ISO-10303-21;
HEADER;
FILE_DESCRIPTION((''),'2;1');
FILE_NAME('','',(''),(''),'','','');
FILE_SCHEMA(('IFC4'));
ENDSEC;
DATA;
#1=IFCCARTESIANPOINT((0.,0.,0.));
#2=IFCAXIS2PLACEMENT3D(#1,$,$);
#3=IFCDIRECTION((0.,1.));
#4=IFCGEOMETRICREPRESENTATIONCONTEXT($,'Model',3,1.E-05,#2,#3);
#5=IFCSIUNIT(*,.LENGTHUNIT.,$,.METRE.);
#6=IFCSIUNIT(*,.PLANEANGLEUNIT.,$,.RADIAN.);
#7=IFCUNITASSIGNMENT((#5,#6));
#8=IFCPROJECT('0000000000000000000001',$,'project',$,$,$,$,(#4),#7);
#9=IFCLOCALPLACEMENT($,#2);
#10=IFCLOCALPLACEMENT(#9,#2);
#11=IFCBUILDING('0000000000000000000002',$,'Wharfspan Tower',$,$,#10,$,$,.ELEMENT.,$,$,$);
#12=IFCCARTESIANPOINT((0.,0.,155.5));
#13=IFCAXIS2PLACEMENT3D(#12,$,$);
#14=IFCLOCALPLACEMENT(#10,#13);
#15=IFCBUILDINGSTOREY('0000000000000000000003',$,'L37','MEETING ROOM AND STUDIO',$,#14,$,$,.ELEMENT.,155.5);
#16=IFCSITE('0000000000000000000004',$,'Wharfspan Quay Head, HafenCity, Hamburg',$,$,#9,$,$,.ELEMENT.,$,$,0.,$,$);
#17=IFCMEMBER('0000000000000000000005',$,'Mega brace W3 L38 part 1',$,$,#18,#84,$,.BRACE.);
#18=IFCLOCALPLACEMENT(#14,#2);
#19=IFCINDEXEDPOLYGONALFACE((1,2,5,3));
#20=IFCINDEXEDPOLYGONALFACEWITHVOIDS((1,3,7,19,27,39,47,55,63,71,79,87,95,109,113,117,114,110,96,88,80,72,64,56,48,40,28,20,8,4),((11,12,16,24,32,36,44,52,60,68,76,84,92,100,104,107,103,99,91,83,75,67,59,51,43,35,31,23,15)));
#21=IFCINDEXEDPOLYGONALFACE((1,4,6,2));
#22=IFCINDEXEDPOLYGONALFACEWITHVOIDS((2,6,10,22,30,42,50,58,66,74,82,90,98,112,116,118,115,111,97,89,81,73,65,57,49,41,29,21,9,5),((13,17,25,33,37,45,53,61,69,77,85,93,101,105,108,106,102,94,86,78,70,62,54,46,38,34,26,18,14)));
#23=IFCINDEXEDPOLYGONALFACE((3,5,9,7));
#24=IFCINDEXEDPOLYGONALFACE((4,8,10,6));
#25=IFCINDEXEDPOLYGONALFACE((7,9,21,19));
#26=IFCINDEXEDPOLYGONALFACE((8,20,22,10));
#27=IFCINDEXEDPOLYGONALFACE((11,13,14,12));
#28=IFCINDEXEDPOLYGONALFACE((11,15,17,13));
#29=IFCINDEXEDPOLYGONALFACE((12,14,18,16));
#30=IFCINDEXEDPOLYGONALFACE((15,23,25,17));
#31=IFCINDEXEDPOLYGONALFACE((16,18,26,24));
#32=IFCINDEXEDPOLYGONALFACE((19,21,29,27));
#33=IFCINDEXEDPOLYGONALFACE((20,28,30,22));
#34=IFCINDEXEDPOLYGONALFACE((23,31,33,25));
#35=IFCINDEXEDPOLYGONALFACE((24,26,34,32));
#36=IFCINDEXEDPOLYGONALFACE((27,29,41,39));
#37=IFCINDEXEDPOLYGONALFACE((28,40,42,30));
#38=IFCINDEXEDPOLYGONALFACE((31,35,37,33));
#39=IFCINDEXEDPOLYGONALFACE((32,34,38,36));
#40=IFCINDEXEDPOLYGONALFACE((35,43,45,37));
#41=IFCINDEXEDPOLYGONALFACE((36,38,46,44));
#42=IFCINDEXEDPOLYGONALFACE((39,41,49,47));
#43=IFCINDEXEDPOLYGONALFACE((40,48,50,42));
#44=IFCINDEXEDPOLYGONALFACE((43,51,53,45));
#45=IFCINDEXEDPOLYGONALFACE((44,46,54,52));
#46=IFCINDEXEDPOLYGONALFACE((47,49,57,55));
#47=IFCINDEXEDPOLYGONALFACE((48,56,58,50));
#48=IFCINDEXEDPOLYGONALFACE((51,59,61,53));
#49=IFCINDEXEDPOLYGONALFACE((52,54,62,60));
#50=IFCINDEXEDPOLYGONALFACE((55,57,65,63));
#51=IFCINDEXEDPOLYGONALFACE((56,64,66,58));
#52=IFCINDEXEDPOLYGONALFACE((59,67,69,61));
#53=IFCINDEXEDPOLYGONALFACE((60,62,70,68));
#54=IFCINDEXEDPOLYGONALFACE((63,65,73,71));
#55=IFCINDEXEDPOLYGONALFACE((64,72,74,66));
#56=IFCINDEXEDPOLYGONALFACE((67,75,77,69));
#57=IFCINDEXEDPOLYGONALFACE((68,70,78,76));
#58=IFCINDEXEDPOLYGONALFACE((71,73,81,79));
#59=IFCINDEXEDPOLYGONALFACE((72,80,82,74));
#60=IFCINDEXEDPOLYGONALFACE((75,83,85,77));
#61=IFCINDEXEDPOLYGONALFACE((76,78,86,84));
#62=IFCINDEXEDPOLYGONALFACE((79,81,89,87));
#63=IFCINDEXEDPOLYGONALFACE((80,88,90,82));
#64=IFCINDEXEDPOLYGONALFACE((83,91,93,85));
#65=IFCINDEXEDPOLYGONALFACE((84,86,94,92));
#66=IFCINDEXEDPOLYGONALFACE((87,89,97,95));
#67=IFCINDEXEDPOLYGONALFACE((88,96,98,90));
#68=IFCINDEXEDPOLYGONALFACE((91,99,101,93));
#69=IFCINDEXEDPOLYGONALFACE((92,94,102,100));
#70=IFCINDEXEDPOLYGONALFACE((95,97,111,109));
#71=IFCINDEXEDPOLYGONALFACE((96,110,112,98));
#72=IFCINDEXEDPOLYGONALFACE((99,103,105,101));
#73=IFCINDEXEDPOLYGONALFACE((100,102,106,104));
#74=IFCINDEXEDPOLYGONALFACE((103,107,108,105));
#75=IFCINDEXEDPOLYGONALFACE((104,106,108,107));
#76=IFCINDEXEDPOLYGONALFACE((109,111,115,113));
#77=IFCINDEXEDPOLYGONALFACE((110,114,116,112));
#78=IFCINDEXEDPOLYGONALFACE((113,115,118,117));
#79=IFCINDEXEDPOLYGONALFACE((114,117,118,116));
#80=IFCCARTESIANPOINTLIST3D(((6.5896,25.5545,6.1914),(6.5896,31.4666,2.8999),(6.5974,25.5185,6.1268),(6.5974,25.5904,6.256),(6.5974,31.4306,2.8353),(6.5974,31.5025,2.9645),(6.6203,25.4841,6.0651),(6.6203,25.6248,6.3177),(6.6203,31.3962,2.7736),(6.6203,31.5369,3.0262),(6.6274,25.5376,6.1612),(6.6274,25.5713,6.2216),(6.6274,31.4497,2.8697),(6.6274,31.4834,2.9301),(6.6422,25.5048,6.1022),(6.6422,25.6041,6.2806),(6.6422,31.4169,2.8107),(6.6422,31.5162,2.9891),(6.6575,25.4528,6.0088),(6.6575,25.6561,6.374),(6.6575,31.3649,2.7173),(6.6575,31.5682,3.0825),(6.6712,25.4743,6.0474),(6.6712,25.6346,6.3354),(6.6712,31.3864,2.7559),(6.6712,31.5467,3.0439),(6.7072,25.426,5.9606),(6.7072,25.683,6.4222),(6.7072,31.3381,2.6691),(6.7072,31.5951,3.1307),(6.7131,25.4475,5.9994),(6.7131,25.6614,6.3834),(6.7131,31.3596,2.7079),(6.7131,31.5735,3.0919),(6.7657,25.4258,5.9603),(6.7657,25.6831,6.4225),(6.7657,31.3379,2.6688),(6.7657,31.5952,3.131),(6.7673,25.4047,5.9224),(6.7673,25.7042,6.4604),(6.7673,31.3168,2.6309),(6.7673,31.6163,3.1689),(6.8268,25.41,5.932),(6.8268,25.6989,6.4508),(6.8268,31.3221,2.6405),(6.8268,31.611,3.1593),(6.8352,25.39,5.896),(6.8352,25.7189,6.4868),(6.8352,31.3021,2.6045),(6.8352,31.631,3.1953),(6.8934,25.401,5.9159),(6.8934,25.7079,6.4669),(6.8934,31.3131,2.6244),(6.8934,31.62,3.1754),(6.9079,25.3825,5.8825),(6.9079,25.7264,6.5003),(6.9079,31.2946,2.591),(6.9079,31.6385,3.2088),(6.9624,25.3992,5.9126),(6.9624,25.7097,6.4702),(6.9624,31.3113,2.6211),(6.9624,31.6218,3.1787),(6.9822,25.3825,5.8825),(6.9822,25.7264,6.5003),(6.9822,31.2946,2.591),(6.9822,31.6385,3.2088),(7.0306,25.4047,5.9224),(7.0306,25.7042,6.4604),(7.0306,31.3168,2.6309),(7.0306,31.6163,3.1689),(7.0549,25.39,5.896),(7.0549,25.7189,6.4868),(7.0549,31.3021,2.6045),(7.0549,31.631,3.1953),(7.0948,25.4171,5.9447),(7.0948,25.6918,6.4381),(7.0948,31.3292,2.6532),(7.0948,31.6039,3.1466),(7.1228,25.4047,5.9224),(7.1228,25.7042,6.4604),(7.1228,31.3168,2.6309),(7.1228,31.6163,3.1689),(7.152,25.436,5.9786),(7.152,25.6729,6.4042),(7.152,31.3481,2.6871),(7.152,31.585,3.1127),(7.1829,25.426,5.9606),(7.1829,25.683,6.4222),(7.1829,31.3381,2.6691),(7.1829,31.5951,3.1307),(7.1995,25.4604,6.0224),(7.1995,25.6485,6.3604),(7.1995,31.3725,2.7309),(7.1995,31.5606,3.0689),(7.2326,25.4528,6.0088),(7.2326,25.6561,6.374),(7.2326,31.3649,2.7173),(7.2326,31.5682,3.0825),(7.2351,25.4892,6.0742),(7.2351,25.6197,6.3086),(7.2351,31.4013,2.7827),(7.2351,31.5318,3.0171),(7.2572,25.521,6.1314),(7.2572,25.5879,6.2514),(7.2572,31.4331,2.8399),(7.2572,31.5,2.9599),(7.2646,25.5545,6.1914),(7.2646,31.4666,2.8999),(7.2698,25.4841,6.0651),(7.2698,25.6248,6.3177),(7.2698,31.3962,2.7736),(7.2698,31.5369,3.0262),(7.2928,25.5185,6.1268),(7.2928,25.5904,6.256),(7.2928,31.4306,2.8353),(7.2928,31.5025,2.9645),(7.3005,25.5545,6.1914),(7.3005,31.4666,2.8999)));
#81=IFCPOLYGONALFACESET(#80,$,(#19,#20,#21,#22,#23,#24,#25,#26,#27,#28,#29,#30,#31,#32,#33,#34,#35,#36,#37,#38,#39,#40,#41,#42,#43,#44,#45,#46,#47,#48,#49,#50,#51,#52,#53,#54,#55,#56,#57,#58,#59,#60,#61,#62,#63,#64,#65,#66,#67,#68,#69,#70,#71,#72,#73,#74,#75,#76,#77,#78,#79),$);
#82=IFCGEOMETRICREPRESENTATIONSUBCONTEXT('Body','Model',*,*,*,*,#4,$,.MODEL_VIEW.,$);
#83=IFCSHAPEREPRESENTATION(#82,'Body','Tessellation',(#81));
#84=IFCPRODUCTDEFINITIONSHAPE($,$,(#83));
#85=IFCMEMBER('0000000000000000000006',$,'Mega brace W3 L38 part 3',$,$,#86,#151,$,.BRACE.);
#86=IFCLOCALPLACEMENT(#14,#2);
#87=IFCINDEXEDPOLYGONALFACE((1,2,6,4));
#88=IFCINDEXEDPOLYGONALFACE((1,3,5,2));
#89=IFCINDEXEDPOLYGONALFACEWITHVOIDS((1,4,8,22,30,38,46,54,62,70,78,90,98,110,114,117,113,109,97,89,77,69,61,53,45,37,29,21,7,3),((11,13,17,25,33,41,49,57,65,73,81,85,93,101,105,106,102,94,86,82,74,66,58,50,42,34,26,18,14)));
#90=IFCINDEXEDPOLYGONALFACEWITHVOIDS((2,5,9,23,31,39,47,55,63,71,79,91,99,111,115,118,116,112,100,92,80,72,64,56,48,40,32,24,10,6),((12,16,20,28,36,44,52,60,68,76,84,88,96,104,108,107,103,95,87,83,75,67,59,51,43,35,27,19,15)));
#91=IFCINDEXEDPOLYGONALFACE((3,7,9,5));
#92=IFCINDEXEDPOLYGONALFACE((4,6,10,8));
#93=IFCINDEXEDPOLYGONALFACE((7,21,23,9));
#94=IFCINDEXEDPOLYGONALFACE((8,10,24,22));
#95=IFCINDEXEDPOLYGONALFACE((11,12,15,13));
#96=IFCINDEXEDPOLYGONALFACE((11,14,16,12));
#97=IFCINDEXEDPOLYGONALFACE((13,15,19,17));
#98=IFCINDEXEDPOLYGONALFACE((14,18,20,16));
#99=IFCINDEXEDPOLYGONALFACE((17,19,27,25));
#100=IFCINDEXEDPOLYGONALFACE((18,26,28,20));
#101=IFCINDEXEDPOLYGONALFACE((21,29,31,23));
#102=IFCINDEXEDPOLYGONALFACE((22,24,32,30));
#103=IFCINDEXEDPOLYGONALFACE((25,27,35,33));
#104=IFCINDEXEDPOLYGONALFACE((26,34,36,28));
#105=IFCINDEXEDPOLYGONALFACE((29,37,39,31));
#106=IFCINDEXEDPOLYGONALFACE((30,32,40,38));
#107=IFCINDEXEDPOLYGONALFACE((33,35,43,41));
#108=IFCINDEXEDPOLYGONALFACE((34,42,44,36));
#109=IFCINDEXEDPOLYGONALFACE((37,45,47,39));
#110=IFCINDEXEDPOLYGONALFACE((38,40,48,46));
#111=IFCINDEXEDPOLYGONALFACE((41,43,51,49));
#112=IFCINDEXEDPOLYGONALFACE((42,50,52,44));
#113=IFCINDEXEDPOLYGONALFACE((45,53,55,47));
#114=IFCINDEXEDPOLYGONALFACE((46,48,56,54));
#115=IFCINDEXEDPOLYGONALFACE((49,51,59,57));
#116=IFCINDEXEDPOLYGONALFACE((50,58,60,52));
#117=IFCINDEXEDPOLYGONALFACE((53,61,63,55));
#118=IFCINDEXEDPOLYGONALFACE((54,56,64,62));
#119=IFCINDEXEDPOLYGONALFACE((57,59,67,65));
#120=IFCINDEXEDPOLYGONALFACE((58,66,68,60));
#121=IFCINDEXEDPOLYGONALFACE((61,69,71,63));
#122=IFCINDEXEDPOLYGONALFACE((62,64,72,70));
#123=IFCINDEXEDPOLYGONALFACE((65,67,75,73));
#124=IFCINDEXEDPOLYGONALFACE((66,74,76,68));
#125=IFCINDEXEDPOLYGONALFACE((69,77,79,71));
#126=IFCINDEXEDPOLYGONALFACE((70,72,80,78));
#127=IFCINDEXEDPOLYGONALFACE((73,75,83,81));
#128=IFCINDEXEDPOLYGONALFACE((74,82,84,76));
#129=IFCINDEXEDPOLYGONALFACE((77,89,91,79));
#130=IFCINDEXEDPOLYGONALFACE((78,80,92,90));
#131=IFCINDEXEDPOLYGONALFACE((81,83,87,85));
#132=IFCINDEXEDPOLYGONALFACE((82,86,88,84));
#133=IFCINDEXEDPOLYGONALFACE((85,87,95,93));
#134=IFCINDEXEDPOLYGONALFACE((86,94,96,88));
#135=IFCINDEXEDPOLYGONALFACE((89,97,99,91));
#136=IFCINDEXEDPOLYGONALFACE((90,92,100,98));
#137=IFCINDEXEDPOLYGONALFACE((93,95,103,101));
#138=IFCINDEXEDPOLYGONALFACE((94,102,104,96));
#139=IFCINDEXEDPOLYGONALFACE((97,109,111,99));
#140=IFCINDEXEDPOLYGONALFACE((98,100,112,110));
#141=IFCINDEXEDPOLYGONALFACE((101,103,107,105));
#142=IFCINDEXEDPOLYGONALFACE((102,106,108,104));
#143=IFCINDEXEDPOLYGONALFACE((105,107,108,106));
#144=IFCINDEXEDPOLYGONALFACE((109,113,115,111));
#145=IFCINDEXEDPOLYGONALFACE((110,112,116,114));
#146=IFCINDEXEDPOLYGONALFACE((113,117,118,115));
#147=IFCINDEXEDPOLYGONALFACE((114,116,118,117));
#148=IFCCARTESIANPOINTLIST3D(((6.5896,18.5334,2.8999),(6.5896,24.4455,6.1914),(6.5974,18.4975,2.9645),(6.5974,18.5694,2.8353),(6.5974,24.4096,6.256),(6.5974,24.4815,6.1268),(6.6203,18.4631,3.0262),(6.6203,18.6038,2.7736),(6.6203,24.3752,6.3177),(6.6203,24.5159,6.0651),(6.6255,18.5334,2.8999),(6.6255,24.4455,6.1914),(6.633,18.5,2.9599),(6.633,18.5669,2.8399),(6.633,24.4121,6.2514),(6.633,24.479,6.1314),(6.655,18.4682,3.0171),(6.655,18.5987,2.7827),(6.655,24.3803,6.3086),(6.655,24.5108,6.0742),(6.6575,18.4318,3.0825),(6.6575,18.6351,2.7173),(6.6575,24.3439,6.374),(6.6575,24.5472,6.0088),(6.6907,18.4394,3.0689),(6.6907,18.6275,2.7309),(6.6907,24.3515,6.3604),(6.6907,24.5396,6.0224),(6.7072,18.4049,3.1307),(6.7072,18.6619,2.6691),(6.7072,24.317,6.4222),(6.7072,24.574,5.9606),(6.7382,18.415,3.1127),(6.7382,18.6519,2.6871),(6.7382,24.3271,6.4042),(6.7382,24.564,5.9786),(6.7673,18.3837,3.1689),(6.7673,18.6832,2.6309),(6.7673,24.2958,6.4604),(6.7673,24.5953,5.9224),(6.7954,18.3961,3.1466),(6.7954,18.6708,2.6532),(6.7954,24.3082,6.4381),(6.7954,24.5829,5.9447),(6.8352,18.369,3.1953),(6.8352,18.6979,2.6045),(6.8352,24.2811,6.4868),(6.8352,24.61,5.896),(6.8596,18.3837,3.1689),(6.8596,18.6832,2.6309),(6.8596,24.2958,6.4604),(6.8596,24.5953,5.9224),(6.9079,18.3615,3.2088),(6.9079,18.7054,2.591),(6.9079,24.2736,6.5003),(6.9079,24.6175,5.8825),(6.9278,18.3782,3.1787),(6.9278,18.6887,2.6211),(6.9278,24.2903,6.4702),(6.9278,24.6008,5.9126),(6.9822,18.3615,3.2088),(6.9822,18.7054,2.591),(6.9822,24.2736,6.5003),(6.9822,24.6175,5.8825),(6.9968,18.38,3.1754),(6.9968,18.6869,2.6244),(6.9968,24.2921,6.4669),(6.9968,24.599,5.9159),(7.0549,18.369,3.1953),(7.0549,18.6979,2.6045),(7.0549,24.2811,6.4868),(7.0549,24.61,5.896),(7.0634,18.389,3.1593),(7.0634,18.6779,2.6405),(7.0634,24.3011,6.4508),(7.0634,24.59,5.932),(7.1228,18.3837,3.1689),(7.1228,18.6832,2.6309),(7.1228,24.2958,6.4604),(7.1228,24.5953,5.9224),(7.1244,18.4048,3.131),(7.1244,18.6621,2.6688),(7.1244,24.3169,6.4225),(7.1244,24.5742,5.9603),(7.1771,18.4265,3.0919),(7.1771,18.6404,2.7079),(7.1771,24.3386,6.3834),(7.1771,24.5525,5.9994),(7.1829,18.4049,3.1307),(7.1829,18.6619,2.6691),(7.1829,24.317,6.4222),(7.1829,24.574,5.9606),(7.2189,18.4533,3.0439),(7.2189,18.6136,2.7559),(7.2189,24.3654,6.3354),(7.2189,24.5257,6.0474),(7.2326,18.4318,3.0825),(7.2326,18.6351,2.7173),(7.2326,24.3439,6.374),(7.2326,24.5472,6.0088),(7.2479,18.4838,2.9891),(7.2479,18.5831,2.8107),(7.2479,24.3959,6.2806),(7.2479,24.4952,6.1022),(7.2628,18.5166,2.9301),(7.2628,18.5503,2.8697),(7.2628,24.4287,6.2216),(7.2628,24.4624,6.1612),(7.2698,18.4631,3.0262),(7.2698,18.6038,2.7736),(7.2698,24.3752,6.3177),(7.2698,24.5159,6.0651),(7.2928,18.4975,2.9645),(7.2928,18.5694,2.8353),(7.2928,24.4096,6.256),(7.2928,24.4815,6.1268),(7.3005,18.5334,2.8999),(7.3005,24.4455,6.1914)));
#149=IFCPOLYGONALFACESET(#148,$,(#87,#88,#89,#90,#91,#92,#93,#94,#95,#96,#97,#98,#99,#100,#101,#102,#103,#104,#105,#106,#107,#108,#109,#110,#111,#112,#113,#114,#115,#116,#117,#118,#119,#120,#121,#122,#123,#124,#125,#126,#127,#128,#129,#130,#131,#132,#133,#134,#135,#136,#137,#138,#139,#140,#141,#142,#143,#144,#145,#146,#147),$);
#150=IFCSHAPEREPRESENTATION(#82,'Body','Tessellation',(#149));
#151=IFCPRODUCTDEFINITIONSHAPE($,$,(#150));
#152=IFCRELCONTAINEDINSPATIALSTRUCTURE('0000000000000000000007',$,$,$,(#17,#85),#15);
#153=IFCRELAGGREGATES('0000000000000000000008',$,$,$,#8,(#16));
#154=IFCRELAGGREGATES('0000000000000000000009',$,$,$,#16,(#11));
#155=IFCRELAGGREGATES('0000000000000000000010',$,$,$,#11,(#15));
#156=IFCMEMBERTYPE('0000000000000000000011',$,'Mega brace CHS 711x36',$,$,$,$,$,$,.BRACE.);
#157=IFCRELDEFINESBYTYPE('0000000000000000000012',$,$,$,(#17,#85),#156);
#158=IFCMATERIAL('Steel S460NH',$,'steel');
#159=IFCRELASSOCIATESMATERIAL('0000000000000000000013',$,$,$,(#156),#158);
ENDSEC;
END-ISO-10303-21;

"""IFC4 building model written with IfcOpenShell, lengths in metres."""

from ifc_helpers import new_model, si_unit, direction, frame, origin, origin_2d, place, context, subcontext, project, spatial, hollow_circle, extrude, material, material_profile, profile_set, type_object, element, save


model = new_model("IFC4")

# Units and contexts
model_context = context("Model", 3, precision=1e-05, world=origin(), true_north=direction((0.0, 1.0)))
body_context = subcontext(model_context, "Body", "Model", "MODEL_VIEW")
ifc_project = project(units=[si_unit("LENGTHUNIT", "METRE"), si_unit("PLANEANGLEUNIT", "RADIAN")], contexts=[model_context])

# Site, building, storey
site_placement = place(None, origin())
site = spatial("IfcSite", under=ifc_project, at=site_placement, Name="Wharfspan Quay Head, HafenCity, Hamburg", CompositionType="ELEMENT", RefElevation=0.0)
building_placement = place(site_placement, origin())
building = spatial("IfcBuilding", under=site, at=building_placement, Name="Wharfspan Tower", CompositionType="ELEMENT")
storey_placement = place(building_placement, frame((0.0, 0.0, 155.5)))
storey = spatial("IfcBuildingStorey", under=building, at=storey_placement, Name="L37", Description="MEETING ROOM AND STUDIO", CompositionType="ELEMENT", Elevation=155.5)

# Members
ifc_material_1 = material(Name="Steel S460NH", Category="steel")
ifc_material_profile_1 = material_profile(ifc_material_1, hollow_circle(Radius=0.3555, WallThickness=0.0359, at=origin_2d()))
ifc_profile_set_1 = profile_set([ifc_material_profile_1], Name="Steel S460NH")
member_type_1 = type_object("IfcMemberType", Name="Mega brace CHS 711x36", PredefinedType="BRACE", material=ifc_profile_set_1)
for number, where, z_axis, x_axis, name in (
    (1, (6.9451, 31.4666, 2.8999), (0.0, -0.873718, 0.486433), (1.0, 0.0, 0.0), "Mega brace W3 L38 part 1"),
    (2, (6.9451, 18.5334, 2.8999), (0.0, 0.873718, 0.486433), (-1.0, 0.0, 0.0), "Mega brace W3 L38 part 3"),
):
    element("IfcMember", number, at=place(storey_placement, frame(where, z_axis=z_axis, x_axis=x_axis)), inside=storey, type_object=member_type_1, Name=name, PredefinedType="BRACE", context=body_context, shape_type="SweptSolid", body=[
        extrude(hollow_circle(Radius=0.3555, WallThickness=0.0359, at=origin_2d()), origin(), (0.0, 0.0, 1.0), 6.7666),
    ])

save(model, "model.ifc")
